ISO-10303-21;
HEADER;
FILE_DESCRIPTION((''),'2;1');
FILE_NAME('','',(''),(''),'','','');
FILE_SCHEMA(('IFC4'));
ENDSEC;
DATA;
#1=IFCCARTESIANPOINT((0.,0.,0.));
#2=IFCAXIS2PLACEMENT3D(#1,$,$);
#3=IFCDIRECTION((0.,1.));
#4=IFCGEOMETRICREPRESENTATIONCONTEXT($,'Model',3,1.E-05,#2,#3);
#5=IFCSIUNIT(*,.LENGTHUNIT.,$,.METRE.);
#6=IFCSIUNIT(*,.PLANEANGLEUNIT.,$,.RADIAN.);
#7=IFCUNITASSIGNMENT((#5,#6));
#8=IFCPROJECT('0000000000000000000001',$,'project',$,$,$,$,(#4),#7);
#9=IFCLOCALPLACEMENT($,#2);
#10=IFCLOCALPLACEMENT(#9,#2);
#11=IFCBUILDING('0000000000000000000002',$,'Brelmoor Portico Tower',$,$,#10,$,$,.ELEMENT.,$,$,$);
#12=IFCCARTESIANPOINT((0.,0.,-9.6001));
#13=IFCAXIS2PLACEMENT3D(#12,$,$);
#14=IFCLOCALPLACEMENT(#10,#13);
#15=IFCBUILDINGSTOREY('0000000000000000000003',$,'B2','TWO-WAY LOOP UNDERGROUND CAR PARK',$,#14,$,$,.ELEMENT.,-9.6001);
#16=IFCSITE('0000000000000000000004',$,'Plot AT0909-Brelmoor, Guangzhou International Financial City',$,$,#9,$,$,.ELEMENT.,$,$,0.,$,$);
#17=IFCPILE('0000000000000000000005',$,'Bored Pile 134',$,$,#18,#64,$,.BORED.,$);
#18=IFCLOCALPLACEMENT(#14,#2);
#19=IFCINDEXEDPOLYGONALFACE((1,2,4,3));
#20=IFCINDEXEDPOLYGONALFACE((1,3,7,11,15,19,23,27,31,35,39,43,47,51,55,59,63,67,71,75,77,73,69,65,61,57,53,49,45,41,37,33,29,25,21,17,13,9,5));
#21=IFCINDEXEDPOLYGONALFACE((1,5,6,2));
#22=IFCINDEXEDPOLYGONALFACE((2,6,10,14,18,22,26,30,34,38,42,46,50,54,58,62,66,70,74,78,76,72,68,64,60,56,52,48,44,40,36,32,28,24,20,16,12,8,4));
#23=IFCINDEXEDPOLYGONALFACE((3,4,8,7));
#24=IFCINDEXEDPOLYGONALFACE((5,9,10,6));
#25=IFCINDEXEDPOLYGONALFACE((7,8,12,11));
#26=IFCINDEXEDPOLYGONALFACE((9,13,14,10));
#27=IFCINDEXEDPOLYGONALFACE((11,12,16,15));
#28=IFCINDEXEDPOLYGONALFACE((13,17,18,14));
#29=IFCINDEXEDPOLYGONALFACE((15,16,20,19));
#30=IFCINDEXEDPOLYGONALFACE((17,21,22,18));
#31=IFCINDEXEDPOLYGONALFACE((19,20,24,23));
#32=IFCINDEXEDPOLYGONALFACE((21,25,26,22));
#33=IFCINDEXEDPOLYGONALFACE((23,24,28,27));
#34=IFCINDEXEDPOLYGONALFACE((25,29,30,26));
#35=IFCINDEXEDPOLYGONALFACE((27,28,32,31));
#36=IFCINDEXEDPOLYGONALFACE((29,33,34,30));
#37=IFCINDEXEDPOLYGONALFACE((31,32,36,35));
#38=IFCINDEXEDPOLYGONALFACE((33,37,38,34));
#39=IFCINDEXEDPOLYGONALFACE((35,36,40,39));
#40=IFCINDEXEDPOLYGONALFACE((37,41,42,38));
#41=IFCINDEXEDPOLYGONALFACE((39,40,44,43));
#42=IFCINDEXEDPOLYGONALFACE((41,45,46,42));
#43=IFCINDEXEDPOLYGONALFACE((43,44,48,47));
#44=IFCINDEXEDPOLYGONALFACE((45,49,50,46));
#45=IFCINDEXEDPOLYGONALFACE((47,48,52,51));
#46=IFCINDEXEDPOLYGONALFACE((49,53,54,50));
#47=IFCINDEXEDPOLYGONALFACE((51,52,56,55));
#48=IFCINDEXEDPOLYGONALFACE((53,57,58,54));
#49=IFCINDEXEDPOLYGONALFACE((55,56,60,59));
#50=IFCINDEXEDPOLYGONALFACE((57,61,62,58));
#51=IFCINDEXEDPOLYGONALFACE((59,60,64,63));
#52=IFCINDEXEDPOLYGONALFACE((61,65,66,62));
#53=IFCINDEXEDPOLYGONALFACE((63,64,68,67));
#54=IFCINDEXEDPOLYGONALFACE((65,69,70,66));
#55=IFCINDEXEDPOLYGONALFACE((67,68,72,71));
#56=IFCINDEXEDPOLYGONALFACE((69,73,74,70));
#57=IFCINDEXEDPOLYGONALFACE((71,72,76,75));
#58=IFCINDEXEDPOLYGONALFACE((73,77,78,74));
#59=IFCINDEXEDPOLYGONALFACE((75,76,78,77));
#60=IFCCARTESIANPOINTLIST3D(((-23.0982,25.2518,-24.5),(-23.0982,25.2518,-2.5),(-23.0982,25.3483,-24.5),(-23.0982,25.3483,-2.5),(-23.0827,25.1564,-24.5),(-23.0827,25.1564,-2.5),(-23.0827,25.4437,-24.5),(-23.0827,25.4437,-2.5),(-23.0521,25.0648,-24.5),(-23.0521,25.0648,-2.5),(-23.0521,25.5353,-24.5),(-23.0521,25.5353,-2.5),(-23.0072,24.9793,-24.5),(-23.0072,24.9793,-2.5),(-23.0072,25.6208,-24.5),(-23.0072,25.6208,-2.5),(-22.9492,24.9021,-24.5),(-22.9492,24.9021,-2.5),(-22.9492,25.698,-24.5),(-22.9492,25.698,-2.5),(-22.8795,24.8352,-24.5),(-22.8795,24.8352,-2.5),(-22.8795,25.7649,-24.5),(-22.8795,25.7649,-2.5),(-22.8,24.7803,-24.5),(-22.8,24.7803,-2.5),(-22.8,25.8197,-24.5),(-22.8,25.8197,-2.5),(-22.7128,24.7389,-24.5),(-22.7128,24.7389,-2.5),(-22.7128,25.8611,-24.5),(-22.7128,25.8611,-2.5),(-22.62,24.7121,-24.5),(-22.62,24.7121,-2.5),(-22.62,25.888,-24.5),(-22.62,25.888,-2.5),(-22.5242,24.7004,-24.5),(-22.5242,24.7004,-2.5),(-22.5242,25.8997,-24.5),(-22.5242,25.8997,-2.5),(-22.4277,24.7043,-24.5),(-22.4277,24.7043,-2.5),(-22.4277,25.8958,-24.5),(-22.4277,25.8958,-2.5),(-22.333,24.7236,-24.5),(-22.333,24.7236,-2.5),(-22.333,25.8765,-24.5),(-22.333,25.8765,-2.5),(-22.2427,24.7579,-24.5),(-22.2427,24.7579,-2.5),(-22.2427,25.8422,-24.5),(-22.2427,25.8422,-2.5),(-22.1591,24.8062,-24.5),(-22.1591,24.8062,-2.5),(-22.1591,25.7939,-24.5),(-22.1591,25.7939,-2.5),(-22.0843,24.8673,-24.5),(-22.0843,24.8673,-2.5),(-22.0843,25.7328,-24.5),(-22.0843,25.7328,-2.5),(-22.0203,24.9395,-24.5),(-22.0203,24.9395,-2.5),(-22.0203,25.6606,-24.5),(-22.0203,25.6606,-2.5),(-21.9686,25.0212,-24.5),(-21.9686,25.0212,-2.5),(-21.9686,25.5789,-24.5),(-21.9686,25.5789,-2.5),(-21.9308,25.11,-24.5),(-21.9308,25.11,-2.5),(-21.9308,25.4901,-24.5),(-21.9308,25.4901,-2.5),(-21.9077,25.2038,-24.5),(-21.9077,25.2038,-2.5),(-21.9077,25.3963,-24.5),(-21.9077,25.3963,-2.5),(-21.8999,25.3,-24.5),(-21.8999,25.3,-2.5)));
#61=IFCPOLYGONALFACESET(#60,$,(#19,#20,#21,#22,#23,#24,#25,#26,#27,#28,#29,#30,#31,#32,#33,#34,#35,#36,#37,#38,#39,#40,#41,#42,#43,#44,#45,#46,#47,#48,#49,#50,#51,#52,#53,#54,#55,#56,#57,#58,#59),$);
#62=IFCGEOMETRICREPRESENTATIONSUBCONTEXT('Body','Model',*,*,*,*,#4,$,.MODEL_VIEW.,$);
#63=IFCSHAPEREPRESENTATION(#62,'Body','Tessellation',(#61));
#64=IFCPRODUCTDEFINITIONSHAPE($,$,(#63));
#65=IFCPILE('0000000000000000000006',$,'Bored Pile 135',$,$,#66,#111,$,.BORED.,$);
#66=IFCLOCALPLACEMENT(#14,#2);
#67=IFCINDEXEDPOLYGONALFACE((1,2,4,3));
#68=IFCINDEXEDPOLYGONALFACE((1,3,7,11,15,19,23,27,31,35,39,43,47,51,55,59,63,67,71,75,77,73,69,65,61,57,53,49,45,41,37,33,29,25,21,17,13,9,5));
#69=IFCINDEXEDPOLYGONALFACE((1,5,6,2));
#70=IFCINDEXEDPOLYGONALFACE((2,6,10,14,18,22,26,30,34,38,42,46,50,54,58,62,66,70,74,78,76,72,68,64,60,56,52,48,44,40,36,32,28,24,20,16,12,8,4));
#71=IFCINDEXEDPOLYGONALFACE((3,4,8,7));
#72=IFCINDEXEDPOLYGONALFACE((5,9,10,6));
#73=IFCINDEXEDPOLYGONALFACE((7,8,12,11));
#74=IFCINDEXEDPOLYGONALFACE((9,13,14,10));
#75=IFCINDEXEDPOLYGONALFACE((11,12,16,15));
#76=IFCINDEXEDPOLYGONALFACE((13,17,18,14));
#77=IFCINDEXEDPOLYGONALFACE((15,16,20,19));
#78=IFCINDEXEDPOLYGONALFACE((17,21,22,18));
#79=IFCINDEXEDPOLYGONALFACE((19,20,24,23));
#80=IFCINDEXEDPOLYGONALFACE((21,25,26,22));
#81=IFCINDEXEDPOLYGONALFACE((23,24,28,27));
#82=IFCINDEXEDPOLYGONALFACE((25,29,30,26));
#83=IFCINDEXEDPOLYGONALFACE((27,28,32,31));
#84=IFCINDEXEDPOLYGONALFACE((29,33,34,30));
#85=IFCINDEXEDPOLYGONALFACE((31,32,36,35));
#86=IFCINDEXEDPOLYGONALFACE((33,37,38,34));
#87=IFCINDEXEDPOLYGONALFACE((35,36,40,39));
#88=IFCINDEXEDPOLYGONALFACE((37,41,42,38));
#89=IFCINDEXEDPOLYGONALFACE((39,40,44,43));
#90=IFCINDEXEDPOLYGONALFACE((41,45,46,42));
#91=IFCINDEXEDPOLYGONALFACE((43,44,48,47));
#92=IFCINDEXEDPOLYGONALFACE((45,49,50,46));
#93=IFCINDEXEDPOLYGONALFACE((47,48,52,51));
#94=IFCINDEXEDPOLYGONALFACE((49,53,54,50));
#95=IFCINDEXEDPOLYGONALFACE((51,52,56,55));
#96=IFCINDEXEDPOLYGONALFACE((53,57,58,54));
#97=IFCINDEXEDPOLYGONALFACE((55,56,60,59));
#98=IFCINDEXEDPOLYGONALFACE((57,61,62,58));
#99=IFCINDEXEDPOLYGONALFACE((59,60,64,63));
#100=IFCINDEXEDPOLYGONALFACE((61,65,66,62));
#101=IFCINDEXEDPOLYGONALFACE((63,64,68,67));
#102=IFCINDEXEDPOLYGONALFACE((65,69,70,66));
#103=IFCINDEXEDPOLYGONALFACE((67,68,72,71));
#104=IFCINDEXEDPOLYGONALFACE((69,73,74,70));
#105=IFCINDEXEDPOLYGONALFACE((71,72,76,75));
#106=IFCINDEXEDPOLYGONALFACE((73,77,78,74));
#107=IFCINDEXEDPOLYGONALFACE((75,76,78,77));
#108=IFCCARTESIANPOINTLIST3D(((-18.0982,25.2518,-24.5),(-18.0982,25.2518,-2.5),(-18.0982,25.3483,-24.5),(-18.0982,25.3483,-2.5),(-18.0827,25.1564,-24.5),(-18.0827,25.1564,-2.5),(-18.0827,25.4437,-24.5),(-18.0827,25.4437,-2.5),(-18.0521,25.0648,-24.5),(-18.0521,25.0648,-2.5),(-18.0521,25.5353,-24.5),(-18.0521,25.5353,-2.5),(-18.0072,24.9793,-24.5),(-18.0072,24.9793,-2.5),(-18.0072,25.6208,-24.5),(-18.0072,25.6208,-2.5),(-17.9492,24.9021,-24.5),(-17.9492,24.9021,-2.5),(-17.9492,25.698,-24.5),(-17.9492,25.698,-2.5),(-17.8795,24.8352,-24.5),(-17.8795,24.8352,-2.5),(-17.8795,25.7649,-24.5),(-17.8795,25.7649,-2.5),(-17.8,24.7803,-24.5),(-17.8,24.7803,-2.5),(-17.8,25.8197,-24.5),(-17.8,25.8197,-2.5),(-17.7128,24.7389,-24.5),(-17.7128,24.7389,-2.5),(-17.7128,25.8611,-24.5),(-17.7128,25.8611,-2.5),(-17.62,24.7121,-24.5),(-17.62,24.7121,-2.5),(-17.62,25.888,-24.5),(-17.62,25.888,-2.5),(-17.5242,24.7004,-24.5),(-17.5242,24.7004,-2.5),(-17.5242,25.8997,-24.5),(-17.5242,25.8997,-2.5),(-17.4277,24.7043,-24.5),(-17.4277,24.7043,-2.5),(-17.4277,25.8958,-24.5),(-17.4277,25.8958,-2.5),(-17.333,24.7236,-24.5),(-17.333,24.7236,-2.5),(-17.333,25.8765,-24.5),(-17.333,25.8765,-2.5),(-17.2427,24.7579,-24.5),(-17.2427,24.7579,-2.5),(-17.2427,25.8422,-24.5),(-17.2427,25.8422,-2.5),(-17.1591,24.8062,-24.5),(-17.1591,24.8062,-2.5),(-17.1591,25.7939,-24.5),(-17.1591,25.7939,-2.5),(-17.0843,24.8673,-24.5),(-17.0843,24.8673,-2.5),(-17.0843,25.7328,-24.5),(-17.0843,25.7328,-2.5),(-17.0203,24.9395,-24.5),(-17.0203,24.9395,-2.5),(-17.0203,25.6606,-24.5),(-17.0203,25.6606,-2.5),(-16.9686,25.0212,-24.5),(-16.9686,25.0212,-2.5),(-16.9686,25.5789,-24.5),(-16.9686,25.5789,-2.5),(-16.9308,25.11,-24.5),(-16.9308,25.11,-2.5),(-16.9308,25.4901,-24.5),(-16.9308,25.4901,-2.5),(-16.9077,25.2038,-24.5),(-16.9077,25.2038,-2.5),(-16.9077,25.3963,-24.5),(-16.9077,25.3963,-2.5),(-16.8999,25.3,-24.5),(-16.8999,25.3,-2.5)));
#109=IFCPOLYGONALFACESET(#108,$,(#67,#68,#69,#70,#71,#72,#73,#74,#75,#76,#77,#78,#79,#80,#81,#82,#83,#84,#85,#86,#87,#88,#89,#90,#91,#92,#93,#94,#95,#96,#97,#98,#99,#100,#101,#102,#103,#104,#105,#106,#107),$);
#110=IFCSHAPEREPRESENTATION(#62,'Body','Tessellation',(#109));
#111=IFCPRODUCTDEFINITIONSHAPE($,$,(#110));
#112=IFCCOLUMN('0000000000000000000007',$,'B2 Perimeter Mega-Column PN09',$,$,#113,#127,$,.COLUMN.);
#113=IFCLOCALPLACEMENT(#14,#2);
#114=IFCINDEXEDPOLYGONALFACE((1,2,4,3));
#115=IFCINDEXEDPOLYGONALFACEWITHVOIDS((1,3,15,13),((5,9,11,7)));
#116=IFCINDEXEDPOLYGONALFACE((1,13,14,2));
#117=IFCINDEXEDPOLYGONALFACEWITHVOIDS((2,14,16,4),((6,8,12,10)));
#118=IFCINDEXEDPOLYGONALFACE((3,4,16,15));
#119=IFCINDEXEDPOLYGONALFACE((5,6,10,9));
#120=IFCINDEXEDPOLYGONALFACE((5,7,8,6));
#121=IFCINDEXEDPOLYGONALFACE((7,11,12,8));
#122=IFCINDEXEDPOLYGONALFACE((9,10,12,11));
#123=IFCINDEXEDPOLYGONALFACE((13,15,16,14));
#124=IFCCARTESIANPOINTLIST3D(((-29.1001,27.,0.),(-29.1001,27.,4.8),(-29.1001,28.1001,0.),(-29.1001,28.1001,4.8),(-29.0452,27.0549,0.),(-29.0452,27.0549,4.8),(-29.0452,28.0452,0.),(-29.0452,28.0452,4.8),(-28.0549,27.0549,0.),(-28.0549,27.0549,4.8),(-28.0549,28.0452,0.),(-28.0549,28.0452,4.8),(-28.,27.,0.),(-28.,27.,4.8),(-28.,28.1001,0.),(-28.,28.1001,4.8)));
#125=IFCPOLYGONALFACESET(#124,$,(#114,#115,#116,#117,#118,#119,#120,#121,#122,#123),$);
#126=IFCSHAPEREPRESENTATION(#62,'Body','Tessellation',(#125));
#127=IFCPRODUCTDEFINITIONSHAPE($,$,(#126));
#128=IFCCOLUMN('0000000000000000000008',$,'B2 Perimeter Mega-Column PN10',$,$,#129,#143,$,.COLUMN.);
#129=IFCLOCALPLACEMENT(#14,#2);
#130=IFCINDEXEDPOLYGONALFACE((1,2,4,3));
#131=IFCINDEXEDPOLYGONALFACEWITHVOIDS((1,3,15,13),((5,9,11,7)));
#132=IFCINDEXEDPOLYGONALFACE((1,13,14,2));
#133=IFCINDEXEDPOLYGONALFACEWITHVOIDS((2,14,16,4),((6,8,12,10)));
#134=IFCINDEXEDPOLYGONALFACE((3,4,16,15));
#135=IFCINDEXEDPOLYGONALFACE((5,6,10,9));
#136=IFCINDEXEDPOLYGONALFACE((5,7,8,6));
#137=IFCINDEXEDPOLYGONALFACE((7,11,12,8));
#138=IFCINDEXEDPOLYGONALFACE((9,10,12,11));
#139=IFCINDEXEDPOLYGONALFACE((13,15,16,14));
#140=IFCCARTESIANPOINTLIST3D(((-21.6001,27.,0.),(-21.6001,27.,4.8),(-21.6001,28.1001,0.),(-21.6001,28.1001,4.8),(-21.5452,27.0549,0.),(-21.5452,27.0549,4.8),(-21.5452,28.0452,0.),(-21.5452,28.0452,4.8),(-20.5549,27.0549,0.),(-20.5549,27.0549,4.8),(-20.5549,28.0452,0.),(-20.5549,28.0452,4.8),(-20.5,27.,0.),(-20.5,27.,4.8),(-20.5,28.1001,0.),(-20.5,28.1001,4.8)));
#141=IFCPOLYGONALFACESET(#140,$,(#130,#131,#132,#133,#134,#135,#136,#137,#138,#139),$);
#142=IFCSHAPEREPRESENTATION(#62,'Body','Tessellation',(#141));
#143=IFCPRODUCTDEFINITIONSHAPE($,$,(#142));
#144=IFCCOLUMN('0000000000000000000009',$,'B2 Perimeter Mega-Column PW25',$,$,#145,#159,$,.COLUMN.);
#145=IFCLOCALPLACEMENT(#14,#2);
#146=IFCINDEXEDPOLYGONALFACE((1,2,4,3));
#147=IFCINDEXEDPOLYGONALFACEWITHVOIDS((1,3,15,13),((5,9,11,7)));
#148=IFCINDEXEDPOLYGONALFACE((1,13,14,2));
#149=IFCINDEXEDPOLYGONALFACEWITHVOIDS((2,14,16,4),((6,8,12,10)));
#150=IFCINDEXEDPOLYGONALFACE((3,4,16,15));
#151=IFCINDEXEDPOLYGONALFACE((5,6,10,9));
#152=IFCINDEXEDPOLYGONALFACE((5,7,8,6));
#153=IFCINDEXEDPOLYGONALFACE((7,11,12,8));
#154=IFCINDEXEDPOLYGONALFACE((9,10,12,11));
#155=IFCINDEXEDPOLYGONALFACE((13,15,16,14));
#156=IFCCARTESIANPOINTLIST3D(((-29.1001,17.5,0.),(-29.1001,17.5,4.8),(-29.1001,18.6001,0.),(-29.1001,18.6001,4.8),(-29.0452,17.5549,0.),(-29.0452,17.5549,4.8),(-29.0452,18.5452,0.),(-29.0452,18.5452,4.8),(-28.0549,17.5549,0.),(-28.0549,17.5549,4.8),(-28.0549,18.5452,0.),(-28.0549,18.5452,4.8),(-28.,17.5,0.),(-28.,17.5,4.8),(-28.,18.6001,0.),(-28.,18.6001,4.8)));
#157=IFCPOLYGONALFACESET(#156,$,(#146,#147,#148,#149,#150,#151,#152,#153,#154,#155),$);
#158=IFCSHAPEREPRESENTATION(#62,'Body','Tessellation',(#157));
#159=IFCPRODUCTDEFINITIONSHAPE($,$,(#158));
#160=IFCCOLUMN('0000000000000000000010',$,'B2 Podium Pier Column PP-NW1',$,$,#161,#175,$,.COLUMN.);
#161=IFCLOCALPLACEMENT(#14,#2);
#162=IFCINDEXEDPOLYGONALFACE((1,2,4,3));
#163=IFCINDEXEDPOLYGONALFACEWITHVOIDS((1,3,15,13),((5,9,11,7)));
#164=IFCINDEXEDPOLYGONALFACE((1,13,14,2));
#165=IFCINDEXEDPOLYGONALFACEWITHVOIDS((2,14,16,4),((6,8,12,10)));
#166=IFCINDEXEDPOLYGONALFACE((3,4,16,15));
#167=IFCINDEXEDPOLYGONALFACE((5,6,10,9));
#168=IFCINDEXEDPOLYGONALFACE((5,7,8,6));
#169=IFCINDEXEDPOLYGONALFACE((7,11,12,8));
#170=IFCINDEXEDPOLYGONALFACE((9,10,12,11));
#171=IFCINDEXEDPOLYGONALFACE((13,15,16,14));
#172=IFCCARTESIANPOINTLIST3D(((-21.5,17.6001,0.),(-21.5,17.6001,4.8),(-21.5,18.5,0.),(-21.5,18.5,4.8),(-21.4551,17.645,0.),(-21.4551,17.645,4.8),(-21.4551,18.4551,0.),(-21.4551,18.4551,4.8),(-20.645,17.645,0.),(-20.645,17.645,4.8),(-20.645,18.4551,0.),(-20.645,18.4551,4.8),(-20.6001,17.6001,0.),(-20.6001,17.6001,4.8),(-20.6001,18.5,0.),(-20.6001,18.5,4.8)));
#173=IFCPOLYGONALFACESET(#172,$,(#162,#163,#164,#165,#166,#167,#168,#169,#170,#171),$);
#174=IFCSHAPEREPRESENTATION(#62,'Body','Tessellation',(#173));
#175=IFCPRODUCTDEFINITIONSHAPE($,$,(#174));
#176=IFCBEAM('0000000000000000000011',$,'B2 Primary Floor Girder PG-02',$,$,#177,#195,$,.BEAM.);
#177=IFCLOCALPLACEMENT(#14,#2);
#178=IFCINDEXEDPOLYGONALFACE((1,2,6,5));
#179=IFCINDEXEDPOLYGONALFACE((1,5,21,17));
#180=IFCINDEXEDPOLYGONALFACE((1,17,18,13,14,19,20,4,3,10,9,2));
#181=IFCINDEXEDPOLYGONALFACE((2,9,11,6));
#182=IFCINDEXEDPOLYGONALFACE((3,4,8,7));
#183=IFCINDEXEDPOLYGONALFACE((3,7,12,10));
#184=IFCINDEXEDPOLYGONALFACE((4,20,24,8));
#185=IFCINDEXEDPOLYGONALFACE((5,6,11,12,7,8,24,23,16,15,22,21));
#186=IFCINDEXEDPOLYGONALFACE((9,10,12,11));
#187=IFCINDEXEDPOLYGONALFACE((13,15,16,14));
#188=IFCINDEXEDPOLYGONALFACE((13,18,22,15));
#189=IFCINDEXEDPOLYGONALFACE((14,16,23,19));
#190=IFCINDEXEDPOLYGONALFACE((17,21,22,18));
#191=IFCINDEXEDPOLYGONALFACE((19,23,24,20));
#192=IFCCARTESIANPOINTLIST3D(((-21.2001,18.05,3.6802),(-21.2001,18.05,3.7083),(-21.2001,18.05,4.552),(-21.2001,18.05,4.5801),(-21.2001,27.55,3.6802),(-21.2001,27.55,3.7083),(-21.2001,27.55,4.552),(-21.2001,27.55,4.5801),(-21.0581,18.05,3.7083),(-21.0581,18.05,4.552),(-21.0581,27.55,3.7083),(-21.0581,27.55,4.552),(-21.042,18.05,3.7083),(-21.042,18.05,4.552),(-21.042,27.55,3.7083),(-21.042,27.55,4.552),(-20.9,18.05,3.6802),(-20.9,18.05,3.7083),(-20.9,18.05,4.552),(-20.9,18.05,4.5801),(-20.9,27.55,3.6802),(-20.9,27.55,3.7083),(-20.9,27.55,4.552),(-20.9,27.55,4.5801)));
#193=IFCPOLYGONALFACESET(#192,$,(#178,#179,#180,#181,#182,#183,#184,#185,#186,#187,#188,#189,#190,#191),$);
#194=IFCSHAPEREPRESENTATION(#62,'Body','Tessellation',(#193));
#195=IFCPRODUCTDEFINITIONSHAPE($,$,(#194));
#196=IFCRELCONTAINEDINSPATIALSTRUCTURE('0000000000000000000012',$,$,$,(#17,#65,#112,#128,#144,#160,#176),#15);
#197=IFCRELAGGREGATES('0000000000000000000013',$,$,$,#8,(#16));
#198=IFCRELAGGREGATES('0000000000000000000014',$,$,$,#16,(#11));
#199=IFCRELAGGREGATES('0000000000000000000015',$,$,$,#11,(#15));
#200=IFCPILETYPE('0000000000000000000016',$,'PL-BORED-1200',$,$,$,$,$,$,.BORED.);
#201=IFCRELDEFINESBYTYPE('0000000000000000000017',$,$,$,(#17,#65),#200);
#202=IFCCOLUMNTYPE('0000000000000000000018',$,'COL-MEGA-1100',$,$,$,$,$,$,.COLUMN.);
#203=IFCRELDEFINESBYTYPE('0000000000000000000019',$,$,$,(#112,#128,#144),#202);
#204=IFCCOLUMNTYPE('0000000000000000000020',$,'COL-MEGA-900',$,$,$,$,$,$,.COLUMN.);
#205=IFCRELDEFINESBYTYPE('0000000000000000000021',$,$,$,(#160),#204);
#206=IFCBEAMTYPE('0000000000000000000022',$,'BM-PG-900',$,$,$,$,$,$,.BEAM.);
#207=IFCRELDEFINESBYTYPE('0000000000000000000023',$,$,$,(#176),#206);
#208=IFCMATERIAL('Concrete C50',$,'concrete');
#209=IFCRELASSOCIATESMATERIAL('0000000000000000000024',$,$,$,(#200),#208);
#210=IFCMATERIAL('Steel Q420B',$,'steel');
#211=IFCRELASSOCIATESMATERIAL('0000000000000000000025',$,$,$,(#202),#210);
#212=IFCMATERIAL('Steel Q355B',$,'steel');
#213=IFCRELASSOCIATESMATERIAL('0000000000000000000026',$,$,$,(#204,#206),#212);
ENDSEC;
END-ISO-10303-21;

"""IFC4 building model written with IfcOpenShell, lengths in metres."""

from ifc_helpers import new_model, si_unit, direction, frame, origin, origin_2d, place, context, subcontext, project, spatial, hollow_rectangle, circle, i_section, extrude, material, material_profile, profile_set, type_object, element, save


model = new_model("IFC4")

# Units and contexts
model_context = context("Model", 3, precision=1e-05, world=origin(), true_north=direction((0.0, 1.0)))
body_context = subcontext(model_context, "Body", "Model", "MODEL_VIEW")
ifc_project = project(units=[si_unit("LENGTHUNIT", "METRE"), si_unit("PLANEANGLEUNIT", "RADIAN")], contexts=[model_context])

# Site, building, storey
site_placement = place(None, origin())
site = spatial("IfcSite", under=ifc_project, at=site_placement, Name="Plot AT0909-Brelmoor, Guangzhou International Financial City", CompositionType="ELEMENT", RefElevation=0.0)
building_placement = place(site_placement, origin())
building = spatial("IfcBuilding", under=site, at=building_placement, Name="Brelmoor Portico Tower", CompositionType="ELEMENT")
storey_placement = place(building_placement, frame((0.0, 0.0, -9.6001)))
storey = spatial("IfcBuildingStorey", under=building, at=storey_placement, Name="B2", Description="TWO-WAY LOOP UNDERGROUND CAR PARK", CompositionType="ELEMENT", Elevation=-9.6001)

# Shared definitions
ifc_material_1 = material(Name="Concrete C50", Category="concrete")

# Piles
ifc_material_profile_1 = material_profile(ifc_material_1, circle(Radius=0.6001, at=origin_2d()), Name="BORED PILE D1200")
ifc_profile_set_1 = profile_set([ifc_material_profile_1], Name="Concrete C50")
pile_type = type_object("IfcPileType", Name="PL-BORED-1200", PredefinedType="BORED", material=ifc_profile_set_1)
for number, where, z_axis, x_axis, name in (
    (1, (-22.5, 25.3, -2.5), (0.0, 0.0, -1.0), (1.0, 0.0, 0.0), "Bored Pile 134"),
    (2, (-17.5, 25.3, -2.5), (0.0, 0.0, -1.0), (1.0, 0.0, 0.0), "Bored Pile 135"),
):
    element("IfcPile", number, at=place(storey_placement, frame(where, z_axis=z_axis, x_axis=x_axis)), inside=storey, type_object=pile_type, Name=name, PredefinedType="BORED", context=body_context, shape_type="SweptSolid", body=[
        extrude(circle(Radius=0.6001, at=origin_2d()), origin(), (0.0, 0.0, 1.0), 22.0),
    ])

# Columns
ifc_material_2 = material(Name="Steel Q420B", Category="steel")
ifc_material_profile_2 = material_profile(ifc_material_2, hollow_rectangle(XDim=1.1001, YDim=1.1001, WallThickness=0.0549, at=origin_2d()), Name="BOX 1100x1100x55")
ifc_profile_set_2 = profile_set([ifc_material_profile_2], Name="Steel Q420B")
column_type_1 = type_object("IfcColumnType", Name="COL-MEGA-1100", PredefinedType="COLUMN", material=ifc_profile_set_2)
for number, where, z_axis, x_axis, name in (
    (3, (-28.55, 27.55, 0.0), (0.0, 0.0, 1.0), (1.0, 0.0, 0.0), "B2 Perimeter Mega-Column PN09"),
    (4, (-21.05, 27.55, 0.0), (0.0, 0.0, 1.0), (1.0, 0.0, 0.0), "B2 Perimeter Mega-Column PN10"),
    (5, (-28.55, 18.05, 0.0), (0.0, 0.0, 1.0), (0.0, 1.0, 0.0), "B2 Perimeter Mega-Column PW25"),
):
    element("IfcColumn", number, at=place(storey_placement, frame(where, z_axis=z_axis, x_axis=x_axis)), inside=storey, type_object=column_type_1, Name=name, PredefinedType="COLUMN", context=body_context, shape_type="SweptSolid", body=[
        extrude(hollow_rectangle(XDim=1.1001, YDim=1.1001, WallThickness=0.0549, at=origin_2d()), origin(), (0.0, 0.0, 1.0), 4.8),
    ])
ifc_material_3 = material(Name="Steel Q355B", Category="steel")
ifc_material_profile_3 = material_profile(ifc_material_3, hollow_rectangle(XDim=0.8999, YDim=0.8999, WallThickness=0.0449, at=origin_2d()), Name="BOX 900x900x45")
ifc_profile_set_3 = profile_set([ifc_material_profile_3], Name="Steel Q355B")
column_type_2 = type_object("IfcColumnType", Name="COL-MEGA-900", PredefinedType="COLUMN", material=ifc_profile_set_3)
column_placement = place(storey_placement, frame((-21.05, 18.05, 0.0), z_axis=(0.0, 0.0, 1.0), x_axis=(1.0, 0.0, 0.0)))
element("IfcColumn", 6, at=column_placement, inside=storey, type_object=column_type_2, Name="B2 Podium Pier Column PP-NW1", PredefinedType="COLUMN", context=body_context, shape_type="SweptSolid", body=[
    extrude(hollow_rectangle(XDim=0.8999, YDim=0.8999, WallThickness=0.0449, at=origin_2d()), origin(), (0.0, 0.0, 1.0), 4.8),
])

# Beam
ifc_material_profile_4 = material_profile(ifc_material_3, i_section(OverallWidth=0.3, OverallDepth=0.8999, WebThickness=0.0161, FlangeThickness=0.0281, at=origin_2d()), Name="HN 900x300x16x28")
ifc_profile_set_4 = profile_set([ifc_material_profile_4], Name="Steel Q355B")
beam_type = type_object("IfcBeamType", Name="BM-PG-900", PredefinedType="BEAM", material=ifc_profile_set_4)
beam_1_placement = place(storey_placement, frame((-21.05, 18.05, 4.1301), z_axis=(0.0, 1.0, 0.0), x_axis=(-1.0, 0.0, 0.0)))
element("IfcBeam", 7, at=beam_1_placement, inside=storey, type_object=beam_type, Name="B2 Primary Floor Girder PG-02", PredefinedType="BEAM", context=body_context, shape_type="SweptSolid", body=[
    extrude(i_section(OverallWidth=0.3, OverallDepth=0.8999, WebThickness=0.0161, FlangeThickness=0.0281, at=origin_2d()), origin(), (0.0, 0.0, 1.0), 9.5),
])

save(model, "model.ifc")
